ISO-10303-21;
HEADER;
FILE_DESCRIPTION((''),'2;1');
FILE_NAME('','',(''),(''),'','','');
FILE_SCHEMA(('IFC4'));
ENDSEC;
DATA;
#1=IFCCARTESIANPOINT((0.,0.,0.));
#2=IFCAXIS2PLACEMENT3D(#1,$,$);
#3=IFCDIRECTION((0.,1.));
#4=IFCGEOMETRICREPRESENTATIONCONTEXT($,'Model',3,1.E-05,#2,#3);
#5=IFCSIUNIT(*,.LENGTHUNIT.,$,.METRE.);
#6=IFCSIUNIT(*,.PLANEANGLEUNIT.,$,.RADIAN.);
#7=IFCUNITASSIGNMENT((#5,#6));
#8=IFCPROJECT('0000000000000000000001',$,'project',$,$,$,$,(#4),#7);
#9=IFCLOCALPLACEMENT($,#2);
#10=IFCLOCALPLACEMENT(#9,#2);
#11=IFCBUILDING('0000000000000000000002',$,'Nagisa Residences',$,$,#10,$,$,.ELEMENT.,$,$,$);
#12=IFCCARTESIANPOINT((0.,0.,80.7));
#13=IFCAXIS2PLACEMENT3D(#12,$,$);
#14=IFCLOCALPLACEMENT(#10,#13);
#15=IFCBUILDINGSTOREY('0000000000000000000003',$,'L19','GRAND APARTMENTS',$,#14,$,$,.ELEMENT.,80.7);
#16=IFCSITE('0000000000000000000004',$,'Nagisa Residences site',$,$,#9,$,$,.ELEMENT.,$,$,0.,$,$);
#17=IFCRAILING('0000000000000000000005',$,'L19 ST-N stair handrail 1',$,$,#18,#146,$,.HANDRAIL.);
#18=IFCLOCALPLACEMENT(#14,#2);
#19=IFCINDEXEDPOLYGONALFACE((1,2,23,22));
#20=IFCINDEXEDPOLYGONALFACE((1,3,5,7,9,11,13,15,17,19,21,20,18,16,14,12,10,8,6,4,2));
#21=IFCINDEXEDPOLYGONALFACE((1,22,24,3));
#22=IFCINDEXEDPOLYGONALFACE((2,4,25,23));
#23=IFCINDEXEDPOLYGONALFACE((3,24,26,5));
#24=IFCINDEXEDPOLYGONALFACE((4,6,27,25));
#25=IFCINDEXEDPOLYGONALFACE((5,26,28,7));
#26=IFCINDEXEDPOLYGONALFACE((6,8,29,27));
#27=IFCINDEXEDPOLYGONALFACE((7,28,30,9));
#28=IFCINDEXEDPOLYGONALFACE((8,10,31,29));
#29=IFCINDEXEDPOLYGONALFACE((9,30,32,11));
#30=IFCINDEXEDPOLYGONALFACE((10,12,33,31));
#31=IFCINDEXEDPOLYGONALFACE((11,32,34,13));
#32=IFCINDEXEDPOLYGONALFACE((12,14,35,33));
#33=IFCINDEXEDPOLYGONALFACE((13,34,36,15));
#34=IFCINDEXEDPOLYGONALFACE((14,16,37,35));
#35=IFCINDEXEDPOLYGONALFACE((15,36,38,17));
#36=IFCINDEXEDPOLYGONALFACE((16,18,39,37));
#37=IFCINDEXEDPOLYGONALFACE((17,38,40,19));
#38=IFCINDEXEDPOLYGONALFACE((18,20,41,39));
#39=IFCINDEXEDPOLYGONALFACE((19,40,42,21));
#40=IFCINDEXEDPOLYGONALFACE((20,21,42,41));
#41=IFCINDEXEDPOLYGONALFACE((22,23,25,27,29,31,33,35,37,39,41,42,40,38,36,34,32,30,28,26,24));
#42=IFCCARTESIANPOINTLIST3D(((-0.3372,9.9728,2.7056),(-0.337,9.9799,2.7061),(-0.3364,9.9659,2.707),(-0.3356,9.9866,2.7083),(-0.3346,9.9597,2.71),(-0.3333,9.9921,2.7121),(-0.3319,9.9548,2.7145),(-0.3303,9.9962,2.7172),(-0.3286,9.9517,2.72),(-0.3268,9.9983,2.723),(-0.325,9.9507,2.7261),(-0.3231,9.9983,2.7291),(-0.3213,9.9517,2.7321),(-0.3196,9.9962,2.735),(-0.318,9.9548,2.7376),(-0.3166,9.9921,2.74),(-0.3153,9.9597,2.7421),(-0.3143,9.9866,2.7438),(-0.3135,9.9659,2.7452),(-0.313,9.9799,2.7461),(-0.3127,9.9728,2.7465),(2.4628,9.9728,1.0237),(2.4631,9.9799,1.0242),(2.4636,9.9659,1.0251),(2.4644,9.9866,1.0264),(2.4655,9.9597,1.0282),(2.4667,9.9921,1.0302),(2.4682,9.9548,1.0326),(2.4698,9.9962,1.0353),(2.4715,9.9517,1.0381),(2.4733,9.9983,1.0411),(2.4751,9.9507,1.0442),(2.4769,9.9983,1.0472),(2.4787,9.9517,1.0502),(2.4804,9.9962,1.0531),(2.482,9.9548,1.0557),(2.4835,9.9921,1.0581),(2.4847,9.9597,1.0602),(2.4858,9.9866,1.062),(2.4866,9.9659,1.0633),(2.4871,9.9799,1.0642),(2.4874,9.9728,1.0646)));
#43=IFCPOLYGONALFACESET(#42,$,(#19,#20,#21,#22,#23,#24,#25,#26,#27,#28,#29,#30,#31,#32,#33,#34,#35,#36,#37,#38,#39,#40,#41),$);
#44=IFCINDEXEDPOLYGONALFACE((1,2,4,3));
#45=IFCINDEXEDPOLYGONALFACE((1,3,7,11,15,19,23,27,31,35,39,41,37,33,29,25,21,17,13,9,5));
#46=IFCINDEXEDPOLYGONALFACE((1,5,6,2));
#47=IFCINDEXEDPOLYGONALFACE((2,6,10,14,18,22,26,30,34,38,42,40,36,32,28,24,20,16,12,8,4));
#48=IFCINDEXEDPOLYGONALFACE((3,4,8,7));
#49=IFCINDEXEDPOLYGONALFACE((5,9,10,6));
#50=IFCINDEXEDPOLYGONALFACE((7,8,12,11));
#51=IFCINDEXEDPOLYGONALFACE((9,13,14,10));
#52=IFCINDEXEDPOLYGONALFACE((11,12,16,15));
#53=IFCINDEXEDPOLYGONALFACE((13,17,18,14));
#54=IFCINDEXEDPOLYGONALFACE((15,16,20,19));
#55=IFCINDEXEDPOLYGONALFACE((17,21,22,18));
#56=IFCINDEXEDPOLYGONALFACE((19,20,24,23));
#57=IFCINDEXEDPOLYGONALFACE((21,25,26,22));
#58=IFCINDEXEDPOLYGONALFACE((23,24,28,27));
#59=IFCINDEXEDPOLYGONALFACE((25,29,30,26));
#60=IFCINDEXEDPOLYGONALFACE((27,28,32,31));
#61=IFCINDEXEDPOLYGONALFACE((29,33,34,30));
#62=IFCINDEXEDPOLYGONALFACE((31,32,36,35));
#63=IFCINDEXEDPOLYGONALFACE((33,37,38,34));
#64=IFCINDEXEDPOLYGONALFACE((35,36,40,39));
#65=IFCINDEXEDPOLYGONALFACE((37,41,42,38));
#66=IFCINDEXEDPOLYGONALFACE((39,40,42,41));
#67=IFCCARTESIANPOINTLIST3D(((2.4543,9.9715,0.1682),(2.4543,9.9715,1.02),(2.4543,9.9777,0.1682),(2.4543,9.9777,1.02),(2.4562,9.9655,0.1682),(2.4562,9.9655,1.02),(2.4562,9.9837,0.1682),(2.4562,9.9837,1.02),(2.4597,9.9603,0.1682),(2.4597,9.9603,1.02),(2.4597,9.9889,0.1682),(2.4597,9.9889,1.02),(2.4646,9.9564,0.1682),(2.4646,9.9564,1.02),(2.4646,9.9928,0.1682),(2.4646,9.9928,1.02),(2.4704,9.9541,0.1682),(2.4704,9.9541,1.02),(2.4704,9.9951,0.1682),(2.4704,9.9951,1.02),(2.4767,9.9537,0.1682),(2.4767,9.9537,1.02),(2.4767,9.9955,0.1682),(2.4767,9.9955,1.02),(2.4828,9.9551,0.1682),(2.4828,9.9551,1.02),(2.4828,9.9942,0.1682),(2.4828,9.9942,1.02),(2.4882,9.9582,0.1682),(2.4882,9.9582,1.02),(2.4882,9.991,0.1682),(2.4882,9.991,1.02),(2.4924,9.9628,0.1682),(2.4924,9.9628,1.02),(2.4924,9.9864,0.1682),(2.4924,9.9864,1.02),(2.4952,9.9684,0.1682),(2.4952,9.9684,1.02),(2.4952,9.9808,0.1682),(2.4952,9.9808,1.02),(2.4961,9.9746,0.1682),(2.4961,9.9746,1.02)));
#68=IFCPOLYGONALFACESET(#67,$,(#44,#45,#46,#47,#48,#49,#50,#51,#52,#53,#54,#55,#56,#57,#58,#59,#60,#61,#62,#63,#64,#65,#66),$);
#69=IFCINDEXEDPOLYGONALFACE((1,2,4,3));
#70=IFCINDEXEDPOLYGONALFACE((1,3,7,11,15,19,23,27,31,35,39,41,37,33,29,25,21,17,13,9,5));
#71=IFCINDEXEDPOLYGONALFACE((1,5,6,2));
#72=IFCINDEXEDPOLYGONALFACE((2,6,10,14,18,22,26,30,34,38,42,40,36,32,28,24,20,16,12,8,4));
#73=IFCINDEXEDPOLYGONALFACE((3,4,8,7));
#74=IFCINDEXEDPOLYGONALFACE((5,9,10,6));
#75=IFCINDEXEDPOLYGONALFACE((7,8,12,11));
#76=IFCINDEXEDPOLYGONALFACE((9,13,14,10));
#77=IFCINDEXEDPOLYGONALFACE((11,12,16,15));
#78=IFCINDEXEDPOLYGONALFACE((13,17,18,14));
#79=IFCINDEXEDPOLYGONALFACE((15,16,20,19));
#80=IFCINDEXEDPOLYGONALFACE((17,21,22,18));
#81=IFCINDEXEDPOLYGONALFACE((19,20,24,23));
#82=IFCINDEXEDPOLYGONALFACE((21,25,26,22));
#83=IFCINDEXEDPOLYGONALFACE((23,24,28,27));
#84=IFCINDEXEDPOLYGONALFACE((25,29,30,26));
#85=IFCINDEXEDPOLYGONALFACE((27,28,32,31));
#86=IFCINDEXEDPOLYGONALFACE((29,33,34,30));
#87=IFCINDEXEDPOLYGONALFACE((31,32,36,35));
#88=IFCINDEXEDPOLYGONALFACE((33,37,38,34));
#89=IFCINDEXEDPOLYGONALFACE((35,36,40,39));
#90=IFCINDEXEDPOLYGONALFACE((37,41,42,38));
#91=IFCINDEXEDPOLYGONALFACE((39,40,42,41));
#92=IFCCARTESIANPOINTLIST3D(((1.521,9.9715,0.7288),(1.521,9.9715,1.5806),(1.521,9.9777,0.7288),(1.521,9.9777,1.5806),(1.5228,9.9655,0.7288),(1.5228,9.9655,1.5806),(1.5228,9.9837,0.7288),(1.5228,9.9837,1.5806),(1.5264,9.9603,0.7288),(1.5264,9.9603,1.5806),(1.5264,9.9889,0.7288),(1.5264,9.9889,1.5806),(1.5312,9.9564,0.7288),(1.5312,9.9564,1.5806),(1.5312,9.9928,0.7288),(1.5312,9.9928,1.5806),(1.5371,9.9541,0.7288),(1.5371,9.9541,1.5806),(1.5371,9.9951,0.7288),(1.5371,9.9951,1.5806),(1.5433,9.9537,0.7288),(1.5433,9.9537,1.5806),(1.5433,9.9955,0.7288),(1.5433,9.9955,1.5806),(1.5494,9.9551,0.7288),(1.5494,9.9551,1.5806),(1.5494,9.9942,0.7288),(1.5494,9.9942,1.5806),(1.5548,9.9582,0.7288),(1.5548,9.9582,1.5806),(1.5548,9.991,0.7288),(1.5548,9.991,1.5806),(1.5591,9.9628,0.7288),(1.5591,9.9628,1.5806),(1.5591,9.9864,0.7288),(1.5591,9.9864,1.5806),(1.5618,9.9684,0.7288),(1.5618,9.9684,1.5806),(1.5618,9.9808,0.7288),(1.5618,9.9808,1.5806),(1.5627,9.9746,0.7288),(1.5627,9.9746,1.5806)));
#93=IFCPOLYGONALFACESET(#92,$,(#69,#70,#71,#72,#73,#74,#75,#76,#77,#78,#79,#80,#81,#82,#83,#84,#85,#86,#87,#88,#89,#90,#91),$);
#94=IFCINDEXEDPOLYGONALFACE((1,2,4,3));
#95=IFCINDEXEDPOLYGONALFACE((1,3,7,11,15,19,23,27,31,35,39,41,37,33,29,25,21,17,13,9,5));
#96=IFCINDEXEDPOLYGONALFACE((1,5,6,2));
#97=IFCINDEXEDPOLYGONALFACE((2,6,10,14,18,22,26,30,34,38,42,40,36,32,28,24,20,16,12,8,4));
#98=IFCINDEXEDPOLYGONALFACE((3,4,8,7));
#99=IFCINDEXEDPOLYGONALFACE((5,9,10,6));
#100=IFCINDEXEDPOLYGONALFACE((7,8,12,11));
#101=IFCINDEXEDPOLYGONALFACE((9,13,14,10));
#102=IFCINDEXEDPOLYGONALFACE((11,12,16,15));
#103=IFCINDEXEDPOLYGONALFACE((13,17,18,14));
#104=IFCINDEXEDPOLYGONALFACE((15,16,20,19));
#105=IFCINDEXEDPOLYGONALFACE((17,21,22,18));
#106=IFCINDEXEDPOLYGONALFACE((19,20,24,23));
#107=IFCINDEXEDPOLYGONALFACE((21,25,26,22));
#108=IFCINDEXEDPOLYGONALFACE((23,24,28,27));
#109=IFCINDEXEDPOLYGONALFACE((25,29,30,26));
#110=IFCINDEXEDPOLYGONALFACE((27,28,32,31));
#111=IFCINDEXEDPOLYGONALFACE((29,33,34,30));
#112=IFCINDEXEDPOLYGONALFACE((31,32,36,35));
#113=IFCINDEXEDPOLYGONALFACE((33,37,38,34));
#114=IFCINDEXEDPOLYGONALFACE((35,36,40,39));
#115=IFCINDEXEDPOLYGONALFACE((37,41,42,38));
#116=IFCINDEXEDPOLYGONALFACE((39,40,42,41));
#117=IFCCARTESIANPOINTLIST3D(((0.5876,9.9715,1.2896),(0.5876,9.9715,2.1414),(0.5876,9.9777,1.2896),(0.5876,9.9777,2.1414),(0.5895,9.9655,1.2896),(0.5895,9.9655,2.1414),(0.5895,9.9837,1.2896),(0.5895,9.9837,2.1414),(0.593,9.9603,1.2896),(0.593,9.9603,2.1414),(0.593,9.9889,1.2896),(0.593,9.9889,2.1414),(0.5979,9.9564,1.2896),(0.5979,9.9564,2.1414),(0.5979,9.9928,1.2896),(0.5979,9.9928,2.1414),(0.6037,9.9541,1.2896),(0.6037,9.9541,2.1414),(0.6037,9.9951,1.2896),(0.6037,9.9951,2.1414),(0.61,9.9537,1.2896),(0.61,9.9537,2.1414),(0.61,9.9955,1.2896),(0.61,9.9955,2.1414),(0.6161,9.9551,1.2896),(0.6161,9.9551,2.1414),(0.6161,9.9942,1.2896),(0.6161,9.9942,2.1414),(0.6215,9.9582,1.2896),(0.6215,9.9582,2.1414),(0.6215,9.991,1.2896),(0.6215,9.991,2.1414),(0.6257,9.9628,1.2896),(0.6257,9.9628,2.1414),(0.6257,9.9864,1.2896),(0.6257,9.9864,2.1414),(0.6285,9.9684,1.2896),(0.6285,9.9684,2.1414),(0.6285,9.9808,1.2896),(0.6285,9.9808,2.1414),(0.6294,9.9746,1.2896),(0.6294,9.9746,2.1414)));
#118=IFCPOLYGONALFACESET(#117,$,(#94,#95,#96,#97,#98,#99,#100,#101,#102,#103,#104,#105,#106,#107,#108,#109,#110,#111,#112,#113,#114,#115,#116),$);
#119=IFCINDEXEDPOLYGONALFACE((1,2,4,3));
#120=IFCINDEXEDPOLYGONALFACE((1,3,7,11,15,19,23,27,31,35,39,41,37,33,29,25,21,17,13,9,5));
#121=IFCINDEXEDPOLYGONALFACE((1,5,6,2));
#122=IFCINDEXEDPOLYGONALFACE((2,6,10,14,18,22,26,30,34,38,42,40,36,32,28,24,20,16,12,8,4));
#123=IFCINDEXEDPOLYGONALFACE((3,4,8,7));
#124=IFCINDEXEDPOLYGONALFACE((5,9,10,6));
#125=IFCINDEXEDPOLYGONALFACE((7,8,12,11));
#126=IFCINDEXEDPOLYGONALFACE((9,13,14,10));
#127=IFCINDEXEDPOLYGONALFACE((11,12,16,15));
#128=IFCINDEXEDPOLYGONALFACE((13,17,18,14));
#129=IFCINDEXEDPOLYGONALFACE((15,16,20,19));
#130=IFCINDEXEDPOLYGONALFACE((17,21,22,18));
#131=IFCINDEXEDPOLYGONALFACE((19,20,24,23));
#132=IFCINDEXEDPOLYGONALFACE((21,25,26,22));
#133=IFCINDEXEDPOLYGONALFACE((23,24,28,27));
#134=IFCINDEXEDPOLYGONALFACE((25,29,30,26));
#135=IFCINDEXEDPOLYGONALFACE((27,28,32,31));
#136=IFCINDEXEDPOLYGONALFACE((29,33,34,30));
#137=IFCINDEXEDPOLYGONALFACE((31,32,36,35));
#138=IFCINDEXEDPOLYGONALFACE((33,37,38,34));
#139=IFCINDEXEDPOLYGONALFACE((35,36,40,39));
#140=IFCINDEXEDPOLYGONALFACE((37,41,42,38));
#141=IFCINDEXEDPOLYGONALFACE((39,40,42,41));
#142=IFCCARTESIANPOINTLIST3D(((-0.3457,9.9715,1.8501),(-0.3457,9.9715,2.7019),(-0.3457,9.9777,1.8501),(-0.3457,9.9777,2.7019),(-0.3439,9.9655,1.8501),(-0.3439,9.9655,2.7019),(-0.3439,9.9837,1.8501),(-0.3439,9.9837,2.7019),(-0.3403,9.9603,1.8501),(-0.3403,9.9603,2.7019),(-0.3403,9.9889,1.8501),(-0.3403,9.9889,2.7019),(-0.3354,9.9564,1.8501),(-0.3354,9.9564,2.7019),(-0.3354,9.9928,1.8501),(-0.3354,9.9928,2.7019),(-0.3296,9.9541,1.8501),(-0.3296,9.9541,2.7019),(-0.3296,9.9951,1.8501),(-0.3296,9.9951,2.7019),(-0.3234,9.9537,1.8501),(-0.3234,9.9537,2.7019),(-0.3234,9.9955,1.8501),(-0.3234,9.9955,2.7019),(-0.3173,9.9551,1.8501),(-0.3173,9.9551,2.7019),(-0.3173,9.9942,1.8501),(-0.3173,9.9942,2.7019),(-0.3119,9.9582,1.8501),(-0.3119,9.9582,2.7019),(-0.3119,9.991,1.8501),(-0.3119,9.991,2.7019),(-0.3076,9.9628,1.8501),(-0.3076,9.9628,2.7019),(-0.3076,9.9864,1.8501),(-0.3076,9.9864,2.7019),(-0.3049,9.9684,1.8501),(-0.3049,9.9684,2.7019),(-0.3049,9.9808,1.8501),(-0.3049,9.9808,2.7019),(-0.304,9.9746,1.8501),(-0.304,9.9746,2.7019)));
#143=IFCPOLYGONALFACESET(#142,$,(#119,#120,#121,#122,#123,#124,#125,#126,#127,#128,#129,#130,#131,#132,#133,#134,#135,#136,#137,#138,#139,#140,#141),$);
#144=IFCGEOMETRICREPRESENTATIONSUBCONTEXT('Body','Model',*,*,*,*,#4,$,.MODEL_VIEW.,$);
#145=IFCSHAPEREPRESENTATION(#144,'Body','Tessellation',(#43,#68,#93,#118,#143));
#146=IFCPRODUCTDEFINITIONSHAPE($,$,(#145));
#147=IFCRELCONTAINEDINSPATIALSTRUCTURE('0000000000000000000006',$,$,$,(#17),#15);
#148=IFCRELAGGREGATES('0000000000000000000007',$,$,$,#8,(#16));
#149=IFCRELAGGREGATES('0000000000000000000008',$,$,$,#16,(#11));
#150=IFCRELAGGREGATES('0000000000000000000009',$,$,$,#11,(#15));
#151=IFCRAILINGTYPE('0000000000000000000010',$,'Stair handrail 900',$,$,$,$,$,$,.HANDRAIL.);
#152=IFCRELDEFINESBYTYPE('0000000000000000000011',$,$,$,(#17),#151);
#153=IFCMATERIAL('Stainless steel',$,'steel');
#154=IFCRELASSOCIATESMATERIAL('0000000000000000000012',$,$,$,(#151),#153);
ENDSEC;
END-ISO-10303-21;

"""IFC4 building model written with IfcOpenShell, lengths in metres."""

from ifc_helpers import new_model, si_unit, direction, frame, origin, origin_2d, place, context, subcontext, project, spatial, circle, extrude, material, type_object, element, save


model = new_model("IFC4")

# Units and contexts
model_context = context("Model", 3, precision=1e-05, world=origin(), true_north=direction((0.0, 1.0)))
body_context = subcontext(model_context, "Body", "Model", "MODEL_VIEW")
ifc_project = project(units=[si_unit("LENGTHUNIT", "METRE"), si_unit("PLANEANGLEUNIT", "RADIAN")], contexts=[model_context])

# Site, building, storey
site_placement = place(None, origin())
site = spatial("IfcSite", under=ifc_project, at=site_placement, Name="Nagisa Residences site", CompositionType="ELEMENT", RefElevation=0.0)
building_placement = place(site_placement, origin())
building = spatial("IfcBuilding", under=site, at=building_placement, Name="Nagisa Residences", CompositionType="ELEMENT")
storey_placement = place(building_placement, frame((0.0, 0.0, 80.7)))
storey = spatial("IfcBuildingStorey", under=building, at=storey_placement, Name="L19", Description="GRAND APARTMENTS", CompositionType="ELEMENT", Elevation=80.7)

# Railing
ifc_material_1 = material(Name="Stainless steel", Category="steel")
railing_type_1 = type_object("IfcRailingType", Name="Stair handrail 900", PredefinedType="HANDRAIL", material=ifc_material_1)
railing_1_placement = place(storey_placement, frame((2.4751, 9.9746, 0.1682)))
element("IfcRailing", 1, at=railing_1_placement, inside=storey, type_object=railing_type_1, Name="L19 ST-N stair handrail 1", PredefinedType="HANDRAIL", context=body_context, shape_type="SweptSolid", body=[
    extrude(circle(Radius=0.0239, at=origin_2d()), frame((0.0, 0.0, 0.876), z_axis=(-0.857242, 0.0, 0.514913), x_axis=(0.0, -1.0, 0.0)), (0.0, 0.0, 1.0), 3.2664),
    extrude(circle(Radius=0.021, at=origin_2d()), origin(), (0.0, 0.0, 1.0), 0.8518),
    extrude(circle(Radius=0.021, at=origin_2d()), frame((-0.9333, 0.0, 0.5605)), (0.0, 0.0, 1.0), 0.8518),
    extrude(circle(Radius=0.021, at=origin_2d()), frame((-1.8667, 0.0, 1.1213)), (0.0, 0.0, 1.0), 0.8518),
    extrude(circle(Radius=0.021, at=origin_2d()), frame((-2.8, 0.0, 1.6819)), (0.0, 0.0, 1.0), 0.8518),
])

save(model, "model.ifc")
